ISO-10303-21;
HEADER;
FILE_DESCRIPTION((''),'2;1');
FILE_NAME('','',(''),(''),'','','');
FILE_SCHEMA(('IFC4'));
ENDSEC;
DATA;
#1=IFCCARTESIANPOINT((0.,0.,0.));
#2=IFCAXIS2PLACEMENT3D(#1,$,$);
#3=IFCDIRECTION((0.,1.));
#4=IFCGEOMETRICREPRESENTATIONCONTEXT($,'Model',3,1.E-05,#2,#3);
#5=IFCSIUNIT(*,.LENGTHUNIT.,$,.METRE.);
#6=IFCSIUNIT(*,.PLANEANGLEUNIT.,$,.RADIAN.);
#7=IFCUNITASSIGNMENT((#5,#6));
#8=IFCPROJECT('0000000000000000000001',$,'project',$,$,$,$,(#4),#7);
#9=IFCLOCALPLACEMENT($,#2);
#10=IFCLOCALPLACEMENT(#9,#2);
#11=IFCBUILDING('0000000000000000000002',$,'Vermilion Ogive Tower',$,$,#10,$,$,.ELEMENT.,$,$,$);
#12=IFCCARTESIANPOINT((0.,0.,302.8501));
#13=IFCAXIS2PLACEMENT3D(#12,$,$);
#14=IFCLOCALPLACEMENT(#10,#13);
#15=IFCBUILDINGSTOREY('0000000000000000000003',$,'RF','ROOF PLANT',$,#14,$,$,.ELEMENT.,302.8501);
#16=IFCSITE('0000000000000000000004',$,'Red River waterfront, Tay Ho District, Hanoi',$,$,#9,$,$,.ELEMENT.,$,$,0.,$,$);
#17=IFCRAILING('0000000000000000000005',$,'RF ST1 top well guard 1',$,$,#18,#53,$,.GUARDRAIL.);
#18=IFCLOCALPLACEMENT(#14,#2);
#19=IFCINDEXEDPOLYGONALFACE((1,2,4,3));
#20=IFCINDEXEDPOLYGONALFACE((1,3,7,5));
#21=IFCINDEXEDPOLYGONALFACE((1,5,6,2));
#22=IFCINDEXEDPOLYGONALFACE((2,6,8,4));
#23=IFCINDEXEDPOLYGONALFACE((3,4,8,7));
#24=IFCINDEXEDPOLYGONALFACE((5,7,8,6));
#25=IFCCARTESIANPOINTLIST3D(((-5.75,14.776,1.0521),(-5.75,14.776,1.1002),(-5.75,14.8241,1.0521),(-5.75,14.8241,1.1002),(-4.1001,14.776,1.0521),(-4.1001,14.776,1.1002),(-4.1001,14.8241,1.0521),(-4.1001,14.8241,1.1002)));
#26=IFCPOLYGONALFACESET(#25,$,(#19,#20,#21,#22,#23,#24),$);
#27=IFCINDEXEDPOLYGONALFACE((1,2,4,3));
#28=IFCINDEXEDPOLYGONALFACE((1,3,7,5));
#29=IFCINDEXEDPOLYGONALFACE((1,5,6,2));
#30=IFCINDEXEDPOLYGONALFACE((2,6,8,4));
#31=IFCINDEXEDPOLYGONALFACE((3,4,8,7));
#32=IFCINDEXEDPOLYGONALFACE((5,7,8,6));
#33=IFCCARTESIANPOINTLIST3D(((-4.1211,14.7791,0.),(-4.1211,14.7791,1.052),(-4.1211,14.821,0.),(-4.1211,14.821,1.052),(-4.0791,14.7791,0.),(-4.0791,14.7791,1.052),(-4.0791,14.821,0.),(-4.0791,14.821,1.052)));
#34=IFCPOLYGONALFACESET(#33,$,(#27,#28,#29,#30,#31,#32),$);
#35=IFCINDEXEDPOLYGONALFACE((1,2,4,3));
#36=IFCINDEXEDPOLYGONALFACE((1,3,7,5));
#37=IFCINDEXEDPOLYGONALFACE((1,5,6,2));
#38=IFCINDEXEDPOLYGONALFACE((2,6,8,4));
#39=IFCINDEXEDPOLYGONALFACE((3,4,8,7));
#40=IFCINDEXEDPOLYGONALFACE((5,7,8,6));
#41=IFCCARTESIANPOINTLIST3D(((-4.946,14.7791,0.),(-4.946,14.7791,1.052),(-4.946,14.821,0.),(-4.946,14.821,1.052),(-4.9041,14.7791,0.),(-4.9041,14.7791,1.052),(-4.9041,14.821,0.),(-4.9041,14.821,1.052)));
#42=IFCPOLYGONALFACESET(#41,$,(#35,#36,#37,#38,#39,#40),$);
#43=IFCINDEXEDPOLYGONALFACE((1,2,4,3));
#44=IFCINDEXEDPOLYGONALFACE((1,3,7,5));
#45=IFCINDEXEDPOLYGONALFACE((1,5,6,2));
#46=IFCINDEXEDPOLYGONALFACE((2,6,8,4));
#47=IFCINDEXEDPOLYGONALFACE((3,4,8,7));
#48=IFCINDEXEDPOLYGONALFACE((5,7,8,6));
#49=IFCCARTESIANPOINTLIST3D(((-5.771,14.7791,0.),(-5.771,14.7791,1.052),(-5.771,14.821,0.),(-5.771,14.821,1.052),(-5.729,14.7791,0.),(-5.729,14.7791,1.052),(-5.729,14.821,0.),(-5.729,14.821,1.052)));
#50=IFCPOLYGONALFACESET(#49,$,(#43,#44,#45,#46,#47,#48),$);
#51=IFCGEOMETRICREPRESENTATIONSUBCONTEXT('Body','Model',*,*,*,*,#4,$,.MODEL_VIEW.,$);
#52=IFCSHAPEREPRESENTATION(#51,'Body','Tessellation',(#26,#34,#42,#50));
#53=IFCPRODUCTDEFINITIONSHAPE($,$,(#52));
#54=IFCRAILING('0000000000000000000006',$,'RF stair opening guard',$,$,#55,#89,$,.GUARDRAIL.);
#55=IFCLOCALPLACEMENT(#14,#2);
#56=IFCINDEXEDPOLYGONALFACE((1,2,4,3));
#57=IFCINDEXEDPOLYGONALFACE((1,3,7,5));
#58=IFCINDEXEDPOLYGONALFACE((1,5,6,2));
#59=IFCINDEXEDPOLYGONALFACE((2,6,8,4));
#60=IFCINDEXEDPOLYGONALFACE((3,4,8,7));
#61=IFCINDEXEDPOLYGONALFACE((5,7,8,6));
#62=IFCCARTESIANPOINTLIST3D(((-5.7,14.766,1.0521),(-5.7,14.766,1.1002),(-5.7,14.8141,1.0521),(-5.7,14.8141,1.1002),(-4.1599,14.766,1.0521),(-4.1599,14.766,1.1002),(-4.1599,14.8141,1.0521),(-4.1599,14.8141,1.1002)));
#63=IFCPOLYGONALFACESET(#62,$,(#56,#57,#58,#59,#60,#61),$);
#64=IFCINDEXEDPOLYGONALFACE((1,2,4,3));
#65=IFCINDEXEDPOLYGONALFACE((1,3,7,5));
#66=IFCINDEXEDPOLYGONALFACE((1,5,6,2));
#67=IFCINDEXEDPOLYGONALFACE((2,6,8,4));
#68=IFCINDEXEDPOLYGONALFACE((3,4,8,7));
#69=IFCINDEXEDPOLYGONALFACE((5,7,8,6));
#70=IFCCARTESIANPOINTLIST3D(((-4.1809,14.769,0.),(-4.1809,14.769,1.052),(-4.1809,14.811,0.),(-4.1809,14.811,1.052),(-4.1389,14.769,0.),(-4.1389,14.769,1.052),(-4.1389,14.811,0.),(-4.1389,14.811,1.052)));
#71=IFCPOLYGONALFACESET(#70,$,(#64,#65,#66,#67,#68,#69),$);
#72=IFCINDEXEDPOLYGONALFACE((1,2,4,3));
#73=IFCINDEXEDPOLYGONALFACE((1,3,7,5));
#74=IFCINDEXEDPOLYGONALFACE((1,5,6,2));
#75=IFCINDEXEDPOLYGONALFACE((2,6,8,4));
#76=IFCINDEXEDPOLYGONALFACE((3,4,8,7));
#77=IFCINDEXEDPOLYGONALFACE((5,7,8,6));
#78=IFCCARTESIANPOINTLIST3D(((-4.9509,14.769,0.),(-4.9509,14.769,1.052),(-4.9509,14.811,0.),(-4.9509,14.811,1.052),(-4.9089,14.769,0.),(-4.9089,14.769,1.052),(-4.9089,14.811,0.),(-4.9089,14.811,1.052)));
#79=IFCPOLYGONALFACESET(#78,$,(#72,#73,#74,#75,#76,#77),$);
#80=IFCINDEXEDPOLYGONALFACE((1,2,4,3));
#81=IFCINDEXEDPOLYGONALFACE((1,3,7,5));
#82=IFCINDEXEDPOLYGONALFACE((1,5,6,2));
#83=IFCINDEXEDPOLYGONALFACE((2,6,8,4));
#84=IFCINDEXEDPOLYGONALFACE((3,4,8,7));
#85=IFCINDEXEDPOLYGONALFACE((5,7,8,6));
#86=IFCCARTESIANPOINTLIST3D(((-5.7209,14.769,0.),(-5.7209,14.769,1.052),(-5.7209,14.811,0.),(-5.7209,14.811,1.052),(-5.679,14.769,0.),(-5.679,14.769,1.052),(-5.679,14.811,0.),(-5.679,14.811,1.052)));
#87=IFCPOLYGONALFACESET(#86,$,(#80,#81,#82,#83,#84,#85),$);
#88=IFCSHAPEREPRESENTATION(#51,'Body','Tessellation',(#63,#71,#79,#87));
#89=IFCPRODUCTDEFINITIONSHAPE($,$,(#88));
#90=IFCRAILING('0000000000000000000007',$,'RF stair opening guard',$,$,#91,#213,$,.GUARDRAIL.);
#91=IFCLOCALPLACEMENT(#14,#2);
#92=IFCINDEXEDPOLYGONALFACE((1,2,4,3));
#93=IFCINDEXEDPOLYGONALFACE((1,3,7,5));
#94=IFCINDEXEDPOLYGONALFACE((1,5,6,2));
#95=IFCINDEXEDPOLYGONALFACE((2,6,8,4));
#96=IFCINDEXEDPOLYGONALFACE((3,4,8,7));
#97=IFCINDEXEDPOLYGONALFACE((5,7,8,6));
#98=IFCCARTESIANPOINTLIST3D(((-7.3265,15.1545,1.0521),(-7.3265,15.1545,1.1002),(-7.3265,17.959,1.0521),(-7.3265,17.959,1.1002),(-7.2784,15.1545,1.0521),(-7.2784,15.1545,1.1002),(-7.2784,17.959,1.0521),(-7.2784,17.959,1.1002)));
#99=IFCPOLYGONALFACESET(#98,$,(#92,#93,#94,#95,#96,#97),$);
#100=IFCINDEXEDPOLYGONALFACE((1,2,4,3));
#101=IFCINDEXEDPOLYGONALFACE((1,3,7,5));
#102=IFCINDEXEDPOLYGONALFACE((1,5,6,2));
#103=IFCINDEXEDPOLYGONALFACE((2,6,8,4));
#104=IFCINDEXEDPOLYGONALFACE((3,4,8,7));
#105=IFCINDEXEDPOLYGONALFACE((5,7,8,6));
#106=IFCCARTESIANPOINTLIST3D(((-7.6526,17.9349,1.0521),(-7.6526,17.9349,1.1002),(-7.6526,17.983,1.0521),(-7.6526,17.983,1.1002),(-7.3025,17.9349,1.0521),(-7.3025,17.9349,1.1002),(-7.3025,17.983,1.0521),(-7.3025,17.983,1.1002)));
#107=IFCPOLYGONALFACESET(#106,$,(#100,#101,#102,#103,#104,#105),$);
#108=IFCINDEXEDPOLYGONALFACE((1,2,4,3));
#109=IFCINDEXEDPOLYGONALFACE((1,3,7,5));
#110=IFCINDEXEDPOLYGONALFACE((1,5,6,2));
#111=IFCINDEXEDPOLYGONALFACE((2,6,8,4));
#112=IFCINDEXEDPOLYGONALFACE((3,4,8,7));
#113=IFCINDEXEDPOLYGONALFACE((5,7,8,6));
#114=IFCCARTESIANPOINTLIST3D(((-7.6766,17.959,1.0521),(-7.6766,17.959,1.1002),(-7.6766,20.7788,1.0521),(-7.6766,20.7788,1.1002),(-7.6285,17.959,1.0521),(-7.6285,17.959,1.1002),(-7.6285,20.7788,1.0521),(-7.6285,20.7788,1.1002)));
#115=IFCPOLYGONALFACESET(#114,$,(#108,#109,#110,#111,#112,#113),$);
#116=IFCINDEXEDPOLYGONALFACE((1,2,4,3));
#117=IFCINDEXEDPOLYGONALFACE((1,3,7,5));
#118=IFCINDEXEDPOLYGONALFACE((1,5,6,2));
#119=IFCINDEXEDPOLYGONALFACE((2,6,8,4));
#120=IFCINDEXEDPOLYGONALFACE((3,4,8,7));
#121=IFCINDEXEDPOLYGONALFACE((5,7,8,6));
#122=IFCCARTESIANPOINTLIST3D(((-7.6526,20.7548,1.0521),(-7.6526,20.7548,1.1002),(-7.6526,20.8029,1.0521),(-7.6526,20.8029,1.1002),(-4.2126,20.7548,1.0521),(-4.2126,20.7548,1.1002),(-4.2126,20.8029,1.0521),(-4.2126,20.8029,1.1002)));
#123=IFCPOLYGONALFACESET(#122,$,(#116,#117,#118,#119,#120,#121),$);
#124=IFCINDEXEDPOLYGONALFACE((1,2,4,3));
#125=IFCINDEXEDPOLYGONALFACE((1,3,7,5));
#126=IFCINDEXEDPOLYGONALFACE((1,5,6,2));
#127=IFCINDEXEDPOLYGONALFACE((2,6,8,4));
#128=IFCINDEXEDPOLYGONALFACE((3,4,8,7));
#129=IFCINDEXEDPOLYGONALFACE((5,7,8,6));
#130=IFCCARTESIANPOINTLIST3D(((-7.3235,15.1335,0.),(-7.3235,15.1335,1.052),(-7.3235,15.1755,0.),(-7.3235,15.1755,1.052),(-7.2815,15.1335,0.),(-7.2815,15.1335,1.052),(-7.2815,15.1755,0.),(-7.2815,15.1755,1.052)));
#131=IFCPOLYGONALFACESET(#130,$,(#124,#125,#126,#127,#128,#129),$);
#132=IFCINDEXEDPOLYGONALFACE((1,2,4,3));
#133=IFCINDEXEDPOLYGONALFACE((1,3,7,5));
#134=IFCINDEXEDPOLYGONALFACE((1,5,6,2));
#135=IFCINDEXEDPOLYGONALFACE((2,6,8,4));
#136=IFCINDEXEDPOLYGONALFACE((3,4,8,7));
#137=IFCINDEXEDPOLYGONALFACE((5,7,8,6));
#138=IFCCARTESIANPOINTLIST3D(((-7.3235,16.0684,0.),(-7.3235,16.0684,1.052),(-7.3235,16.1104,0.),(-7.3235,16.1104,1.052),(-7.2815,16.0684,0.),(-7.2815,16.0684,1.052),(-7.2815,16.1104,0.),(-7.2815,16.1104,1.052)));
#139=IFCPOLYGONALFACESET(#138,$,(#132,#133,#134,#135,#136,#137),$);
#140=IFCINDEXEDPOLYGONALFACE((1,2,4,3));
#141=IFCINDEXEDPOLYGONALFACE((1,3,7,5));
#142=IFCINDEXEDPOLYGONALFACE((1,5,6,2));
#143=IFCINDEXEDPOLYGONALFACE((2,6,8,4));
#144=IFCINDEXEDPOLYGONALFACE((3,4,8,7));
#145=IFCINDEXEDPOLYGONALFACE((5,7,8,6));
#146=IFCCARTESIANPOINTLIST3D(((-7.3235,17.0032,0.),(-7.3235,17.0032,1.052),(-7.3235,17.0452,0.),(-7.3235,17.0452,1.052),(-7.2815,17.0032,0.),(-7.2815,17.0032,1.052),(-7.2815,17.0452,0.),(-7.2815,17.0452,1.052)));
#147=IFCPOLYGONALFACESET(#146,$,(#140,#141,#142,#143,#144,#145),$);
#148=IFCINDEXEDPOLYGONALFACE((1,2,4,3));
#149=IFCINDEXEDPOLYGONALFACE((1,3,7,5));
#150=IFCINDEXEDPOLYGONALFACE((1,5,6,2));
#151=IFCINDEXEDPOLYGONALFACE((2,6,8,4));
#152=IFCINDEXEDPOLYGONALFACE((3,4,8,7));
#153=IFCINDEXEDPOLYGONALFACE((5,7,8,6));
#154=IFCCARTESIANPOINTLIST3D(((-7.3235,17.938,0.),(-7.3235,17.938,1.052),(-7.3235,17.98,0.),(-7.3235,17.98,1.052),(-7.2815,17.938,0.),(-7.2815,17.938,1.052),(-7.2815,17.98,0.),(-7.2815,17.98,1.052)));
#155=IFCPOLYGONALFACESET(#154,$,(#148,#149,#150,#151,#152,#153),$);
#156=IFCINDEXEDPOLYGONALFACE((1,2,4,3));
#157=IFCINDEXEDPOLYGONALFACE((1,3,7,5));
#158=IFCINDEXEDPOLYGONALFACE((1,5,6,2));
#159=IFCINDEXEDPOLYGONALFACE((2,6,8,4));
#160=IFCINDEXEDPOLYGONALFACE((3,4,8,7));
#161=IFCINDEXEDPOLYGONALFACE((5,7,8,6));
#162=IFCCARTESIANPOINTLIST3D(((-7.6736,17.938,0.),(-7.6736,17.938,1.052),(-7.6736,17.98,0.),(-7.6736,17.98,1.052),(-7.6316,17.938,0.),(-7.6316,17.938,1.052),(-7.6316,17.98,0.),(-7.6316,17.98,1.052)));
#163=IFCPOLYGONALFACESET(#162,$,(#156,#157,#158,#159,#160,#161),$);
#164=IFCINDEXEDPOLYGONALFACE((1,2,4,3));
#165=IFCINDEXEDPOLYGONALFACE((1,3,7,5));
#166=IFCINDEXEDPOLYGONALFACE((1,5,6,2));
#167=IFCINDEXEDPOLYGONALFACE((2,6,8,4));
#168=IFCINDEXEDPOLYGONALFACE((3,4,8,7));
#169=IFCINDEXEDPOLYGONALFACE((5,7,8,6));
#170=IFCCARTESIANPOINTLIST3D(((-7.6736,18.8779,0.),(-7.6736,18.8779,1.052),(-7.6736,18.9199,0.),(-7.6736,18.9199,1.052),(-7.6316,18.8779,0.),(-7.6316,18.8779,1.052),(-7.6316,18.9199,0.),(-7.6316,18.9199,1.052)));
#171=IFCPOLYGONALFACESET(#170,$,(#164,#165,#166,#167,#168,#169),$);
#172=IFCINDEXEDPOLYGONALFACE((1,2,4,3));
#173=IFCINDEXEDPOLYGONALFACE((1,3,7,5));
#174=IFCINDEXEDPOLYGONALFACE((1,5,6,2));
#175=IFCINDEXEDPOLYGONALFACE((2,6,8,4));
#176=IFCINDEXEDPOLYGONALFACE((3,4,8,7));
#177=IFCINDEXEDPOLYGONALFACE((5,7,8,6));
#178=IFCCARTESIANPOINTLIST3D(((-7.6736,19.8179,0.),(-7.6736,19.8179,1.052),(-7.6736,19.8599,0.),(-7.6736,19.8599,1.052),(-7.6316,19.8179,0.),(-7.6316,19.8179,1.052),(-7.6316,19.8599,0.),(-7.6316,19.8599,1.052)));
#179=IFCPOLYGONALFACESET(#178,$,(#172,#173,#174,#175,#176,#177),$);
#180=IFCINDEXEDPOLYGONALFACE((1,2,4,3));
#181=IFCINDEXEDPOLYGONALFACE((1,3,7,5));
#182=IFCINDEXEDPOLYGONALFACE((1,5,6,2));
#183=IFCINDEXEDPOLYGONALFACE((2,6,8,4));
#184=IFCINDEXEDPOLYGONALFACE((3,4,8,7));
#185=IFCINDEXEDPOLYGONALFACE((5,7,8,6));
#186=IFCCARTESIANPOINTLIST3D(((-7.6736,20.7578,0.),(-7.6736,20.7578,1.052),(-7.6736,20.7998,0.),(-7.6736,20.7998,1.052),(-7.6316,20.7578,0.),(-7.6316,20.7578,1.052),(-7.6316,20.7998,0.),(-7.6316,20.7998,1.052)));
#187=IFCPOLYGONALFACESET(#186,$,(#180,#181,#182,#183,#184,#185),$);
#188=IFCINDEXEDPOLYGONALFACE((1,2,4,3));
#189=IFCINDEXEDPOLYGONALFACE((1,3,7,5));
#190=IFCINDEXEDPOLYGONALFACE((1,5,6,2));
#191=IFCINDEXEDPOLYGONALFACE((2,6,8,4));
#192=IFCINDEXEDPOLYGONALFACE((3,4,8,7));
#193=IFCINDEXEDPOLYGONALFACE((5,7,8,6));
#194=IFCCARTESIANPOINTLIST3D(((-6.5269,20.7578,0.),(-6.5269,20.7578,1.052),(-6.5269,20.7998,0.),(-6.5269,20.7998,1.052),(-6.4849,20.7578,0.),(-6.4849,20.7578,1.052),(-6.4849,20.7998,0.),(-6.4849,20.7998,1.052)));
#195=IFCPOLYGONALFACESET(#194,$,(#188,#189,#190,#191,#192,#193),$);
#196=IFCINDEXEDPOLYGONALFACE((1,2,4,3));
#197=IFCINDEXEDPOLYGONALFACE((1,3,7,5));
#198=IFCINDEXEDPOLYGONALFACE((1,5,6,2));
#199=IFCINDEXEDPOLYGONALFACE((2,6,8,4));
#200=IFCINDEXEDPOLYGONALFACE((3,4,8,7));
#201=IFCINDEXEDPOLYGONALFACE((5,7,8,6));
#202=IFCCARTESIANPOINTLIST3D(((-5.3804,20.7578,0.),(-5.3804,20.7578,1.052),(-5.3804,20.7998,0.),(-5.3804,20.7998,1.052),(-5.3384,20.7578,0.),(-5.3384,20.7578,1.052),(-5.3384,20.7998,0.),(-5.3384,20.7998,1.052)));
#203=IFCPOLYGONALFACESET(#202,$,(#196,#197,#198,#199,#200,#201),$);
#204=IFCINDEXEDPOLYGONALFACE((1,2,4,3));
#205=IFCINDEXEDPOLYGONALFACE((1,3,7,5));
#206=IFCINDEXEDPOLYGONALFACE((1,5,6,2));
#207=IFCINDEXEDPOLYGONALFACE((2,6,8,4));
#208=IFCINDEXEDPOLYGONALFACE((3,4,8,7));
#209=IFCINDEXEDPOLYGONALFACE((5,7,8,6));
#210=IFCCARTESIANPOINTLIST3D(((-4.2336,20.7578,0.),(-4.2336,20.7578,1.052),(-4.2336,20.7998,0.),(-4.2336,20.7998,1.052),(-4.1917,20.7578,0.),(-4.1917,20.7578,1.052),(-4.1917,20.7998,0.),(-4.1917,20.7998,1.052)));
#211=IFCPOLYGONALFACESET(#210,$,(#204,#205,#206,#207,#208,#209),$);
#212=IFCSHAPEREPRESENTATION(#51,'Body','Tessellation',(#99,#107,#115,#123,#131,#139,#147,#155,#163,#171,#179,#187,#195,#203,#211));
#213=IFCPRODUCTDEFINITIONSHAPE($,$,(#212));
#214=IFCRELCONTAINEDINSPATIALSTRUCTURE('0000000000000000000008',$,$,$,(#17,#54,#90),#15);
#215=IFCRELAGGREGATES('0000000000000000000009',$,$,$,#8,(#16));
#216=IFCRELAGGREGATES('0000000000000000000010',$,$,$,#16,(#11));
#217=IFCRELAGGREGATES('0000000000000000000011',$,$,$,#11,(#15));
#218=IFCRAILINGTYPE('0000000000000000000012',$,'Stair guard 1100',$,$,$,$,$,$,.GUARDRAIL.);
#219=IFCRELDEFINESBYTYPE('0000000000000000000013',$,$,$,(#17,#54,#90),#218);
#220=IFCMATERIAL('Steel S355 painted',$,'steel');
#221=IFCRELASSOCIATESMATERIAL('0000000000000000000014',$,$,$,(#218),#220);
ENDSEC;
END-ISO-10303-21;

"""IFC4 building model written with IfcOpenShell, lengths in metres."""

from ifc_helpers import new_model, si_unit, direction, frame, origin, origin_2d, place, context, subcontext, project, spatial, rectangle, extrude, material, type_object, element, save


model = new_model("IFC4")

# Units and contexts
model_context = context("Model", 3, precision=1e-05, world=origin(), true_north=direction((0.0, 1.0)))
body_context = subcontext(model_context, "Body", "Model", "MODEL_VIEW")
ifc_project = project(units=[si_unit("LENGTHUNIT", "METRE"), si_unit("PLANEANGLEUNIT", "RADIAN")], contexts=[model_context])

# Site, building, storey
site_placement = place(None, origin())
site = spatial("IfcSite", under=ifc_project, at=site_placement, Name="Red River waterfront, Tay Ho District, Hanoi", CompositionType="ELEMENT", RefElevation=0.0)
building_placement = place(site_placement, origin())
building = spatial("IfcBuilding", under=site, at=building_placement, Name="Vermilion Ogive Tower", CompositionType="ELEMENT")
storey_placement = place(building_placement, frame((0.0, 0.0, 302.8501)))
storey = spatial("IfcBuildingStorey", under=building, at=storey_placement, Name="RF", Description="ROOF PLANT", CompositionType="ELEMENT", Elevation=302.8501)

# Railings
ifc_material_1 = material(Name="Steel S355 painted", Category="steel")
railing_type = type_object("IfcRailingType", Name="Stair guard 1100", PredefinedType="GUARDRAIL", material=ifc_material_1)
railing_1_placement = place(storey_placement, frame((-4.1001, 14.8, 0.0)))
element("IfcRailing", 1, at=railing_1_placement, inside=storey, type_object=railing_type, Name="RF ST1 top well guard 1", PredefinedType="GUARDRAIL", context=body_context, shape_type="SweptSolid", body=[
    extrude(rectangle(XDim=0.0481, YDim=0.0481, at=origin_2d()), frame((0.0, 0.0, 1.0762), z_axis=(-1.0, 0.0, 0.0), x_axis=(0.0, -1.0, 0.0)), (0.0, 0.0, 1.0), 1.6499),
    extrude(rectangle(XDim=0.042, YDim=0.042, at=origin_2d()), origin(), (0.0, 0.0, 1.0), 1.052),
    extrude(rectangle(XDim=0.042, YDim=0.042, at=origin_2d()), frame((-0.825, 0.0, 0.0)), (0.0, 0.0, 1.0), 1.052),
    extrude(rectangle(XDim=0.042, YDim=0.042, at=origin_2d()), frame((-1.6499, 0.0, 0.0)), (0.0, 0.0, 1.0), 1.052),
])
railing_2_placement = place(storey_placement, frame((-4.1599, 14.79, 0.0)))
element("IfcRailing", 2, at=railing_2_placement, inside=storey, type_object=railing_type, Name="RF stair opening guard", PredefinedType="GUARDRAIL", context=body_context, shape_type="SweptSolid", body=[
    extrude(rectangle(XDim=0.0481, YDim=0.0481, at=origin_2d()), frame((0.0, 0.0, 1.0762), z_axis=(-1.0, 0.0, 0.0), x_axis=(0.0, -1.0, 0.0)), (0.0, 0.0, 1.0), 1.54),
    extrude(rectangle(XDim=0.042, YDim=0.042, at=origin_2d()), origin(), (0.0, 0.0, 1.0), 1.052),
    extrude(rectangle(XDim=0.042, YDim=0.042, at=origin_2d()), frame((-0.77, 0.0, 0.0)), (0.0, 0.0, 1.0), 1.052),
    extrude(rectangle(XDim=0.042, YDim=0.042, at=origin_2d()), frame((-1.54, 0.0, 0.0)), (0.0, 0.0, 1.0), 1.052),
])
railing_3_placement = place(storey_placement, frame((-7.3025, 15.1545, 0.0)))
element("IfcRailing", 3, at=railing_3_placement, inside=storey, type_object=railing_type, Name="RF stair opening guard", PredefinedType="GUARDRAIL", context=body_context, shape_type="SweptSolid", body=[
    extrude(rectangle(XDim=0.0481, YDim=0.0481, at=origin_2d()), frame((0.0, 0.0, 1.0762), z_axis=(0.0, 1.0, 0.0), x_axis=(-1.0, 0.0, 0.0)), (0.0, 0.0, 1.0), 2.8044),
    extrude(rectangle(XDim=0.0481, YDim=0.0481, at=origin_2d()), frame((0.0, 2.8044, 1.0762), z_axis=(-1.0, 0.0, 0.0), x_axis=(0.0, -1.0, 0.0)), (0.0, 0.0, 1.0), 0.3501),
    extrude(rectangle(XDim=0.0481, YDim=0.0481, at=origin_2d()), frame((-0.3501, 2.8044, 1.0762), z_axis=(0.0, 1.0, 0.0), x_axis=(-1.0, 0.0, 0.0)), (0.0, 0.0, 1.0), 2.8198),
    extrude(rectangle(XDim=0.0481, YDim=0.0481, at=origin_2d()), frame((-0.3501, 5.6243, 1.0762), z_axis=(1.0, 0.0, 0.0), x_axis=(0.0, 1.0, 0.0)), (0.0, 0.0, 1.0), 3.4399),
    extrude(rectangle(XDim=0.042, YDim=0.042, at=origin_2d()), origin(), (0.0, 0.0, 1.0), 1.052),
    extrude(rectangle(XDim=0.042, YDim=0.042, at=origin_2d()), frame((0.0, 0.9348, 0.0)), (0.0, 0.0, 1.0), 1.052),
    extrude(rectangle(XDim=0.042, YDim=0.042, at=origin_2d()), frame((0.0, 1.8696, 0.0)), (0.0, 0.0, 1.0), 1.052),
    extrude(rectangle(XDim=0.042, YDim=0.042, at=origin_2d()), frame((0.0, 2.8044, 0.0)), (0.0, 0.0, 1.0), 1.052),
    extrude(rectangle(XDim=0.042, YDim=0.042, at=origin_2d()), frame((-0.3501, 2.8044, 0.0)), (0.0, 0.0, 1.0), 1.052),
    extrude(rectangle(XDim=0.042, YDim=0.042, at=origin_2d()), frame((-0.3501, 3.7444, 0.0)), (0.0, 0.0, 1.0), 1.052),
    extrude(rectangle(XDim=0.042, YDim=0.042, at=origin_2d()), frame((-0.3501, 4.6843, 0.0)), (0.0, 0.0, 1.0), 1.052),
    extrude(rectangle(XDim=0.042, YDim=0.042, at=origin_2d()), frame((-0.3501, 5.6243, 0.0)), (0.0, 0.0, 1.0), 1.052),
    extrude(rectangle(XDim=0.042, YDim=0.042, at=origin_2d()), frame((0.7966, 5.6243, 0.0)), (0.0, 0.0, 1.0), 1.052),
    extrude(rectangle(XDim=0.042, YDim=0.042, at=origin_2d()), frame((1.9431, 5.6243, 0.0)), (0.0, 0.0, 1.0), 1.052),
    extrude(rectangle(XDim=0.042, YDim=0.042, at=origin_2d()), frame((3.0898, 5.6243, 0.0)), (0.0, 0.0, 1.0), 1.052),
])

save(model, "model.ifc")
